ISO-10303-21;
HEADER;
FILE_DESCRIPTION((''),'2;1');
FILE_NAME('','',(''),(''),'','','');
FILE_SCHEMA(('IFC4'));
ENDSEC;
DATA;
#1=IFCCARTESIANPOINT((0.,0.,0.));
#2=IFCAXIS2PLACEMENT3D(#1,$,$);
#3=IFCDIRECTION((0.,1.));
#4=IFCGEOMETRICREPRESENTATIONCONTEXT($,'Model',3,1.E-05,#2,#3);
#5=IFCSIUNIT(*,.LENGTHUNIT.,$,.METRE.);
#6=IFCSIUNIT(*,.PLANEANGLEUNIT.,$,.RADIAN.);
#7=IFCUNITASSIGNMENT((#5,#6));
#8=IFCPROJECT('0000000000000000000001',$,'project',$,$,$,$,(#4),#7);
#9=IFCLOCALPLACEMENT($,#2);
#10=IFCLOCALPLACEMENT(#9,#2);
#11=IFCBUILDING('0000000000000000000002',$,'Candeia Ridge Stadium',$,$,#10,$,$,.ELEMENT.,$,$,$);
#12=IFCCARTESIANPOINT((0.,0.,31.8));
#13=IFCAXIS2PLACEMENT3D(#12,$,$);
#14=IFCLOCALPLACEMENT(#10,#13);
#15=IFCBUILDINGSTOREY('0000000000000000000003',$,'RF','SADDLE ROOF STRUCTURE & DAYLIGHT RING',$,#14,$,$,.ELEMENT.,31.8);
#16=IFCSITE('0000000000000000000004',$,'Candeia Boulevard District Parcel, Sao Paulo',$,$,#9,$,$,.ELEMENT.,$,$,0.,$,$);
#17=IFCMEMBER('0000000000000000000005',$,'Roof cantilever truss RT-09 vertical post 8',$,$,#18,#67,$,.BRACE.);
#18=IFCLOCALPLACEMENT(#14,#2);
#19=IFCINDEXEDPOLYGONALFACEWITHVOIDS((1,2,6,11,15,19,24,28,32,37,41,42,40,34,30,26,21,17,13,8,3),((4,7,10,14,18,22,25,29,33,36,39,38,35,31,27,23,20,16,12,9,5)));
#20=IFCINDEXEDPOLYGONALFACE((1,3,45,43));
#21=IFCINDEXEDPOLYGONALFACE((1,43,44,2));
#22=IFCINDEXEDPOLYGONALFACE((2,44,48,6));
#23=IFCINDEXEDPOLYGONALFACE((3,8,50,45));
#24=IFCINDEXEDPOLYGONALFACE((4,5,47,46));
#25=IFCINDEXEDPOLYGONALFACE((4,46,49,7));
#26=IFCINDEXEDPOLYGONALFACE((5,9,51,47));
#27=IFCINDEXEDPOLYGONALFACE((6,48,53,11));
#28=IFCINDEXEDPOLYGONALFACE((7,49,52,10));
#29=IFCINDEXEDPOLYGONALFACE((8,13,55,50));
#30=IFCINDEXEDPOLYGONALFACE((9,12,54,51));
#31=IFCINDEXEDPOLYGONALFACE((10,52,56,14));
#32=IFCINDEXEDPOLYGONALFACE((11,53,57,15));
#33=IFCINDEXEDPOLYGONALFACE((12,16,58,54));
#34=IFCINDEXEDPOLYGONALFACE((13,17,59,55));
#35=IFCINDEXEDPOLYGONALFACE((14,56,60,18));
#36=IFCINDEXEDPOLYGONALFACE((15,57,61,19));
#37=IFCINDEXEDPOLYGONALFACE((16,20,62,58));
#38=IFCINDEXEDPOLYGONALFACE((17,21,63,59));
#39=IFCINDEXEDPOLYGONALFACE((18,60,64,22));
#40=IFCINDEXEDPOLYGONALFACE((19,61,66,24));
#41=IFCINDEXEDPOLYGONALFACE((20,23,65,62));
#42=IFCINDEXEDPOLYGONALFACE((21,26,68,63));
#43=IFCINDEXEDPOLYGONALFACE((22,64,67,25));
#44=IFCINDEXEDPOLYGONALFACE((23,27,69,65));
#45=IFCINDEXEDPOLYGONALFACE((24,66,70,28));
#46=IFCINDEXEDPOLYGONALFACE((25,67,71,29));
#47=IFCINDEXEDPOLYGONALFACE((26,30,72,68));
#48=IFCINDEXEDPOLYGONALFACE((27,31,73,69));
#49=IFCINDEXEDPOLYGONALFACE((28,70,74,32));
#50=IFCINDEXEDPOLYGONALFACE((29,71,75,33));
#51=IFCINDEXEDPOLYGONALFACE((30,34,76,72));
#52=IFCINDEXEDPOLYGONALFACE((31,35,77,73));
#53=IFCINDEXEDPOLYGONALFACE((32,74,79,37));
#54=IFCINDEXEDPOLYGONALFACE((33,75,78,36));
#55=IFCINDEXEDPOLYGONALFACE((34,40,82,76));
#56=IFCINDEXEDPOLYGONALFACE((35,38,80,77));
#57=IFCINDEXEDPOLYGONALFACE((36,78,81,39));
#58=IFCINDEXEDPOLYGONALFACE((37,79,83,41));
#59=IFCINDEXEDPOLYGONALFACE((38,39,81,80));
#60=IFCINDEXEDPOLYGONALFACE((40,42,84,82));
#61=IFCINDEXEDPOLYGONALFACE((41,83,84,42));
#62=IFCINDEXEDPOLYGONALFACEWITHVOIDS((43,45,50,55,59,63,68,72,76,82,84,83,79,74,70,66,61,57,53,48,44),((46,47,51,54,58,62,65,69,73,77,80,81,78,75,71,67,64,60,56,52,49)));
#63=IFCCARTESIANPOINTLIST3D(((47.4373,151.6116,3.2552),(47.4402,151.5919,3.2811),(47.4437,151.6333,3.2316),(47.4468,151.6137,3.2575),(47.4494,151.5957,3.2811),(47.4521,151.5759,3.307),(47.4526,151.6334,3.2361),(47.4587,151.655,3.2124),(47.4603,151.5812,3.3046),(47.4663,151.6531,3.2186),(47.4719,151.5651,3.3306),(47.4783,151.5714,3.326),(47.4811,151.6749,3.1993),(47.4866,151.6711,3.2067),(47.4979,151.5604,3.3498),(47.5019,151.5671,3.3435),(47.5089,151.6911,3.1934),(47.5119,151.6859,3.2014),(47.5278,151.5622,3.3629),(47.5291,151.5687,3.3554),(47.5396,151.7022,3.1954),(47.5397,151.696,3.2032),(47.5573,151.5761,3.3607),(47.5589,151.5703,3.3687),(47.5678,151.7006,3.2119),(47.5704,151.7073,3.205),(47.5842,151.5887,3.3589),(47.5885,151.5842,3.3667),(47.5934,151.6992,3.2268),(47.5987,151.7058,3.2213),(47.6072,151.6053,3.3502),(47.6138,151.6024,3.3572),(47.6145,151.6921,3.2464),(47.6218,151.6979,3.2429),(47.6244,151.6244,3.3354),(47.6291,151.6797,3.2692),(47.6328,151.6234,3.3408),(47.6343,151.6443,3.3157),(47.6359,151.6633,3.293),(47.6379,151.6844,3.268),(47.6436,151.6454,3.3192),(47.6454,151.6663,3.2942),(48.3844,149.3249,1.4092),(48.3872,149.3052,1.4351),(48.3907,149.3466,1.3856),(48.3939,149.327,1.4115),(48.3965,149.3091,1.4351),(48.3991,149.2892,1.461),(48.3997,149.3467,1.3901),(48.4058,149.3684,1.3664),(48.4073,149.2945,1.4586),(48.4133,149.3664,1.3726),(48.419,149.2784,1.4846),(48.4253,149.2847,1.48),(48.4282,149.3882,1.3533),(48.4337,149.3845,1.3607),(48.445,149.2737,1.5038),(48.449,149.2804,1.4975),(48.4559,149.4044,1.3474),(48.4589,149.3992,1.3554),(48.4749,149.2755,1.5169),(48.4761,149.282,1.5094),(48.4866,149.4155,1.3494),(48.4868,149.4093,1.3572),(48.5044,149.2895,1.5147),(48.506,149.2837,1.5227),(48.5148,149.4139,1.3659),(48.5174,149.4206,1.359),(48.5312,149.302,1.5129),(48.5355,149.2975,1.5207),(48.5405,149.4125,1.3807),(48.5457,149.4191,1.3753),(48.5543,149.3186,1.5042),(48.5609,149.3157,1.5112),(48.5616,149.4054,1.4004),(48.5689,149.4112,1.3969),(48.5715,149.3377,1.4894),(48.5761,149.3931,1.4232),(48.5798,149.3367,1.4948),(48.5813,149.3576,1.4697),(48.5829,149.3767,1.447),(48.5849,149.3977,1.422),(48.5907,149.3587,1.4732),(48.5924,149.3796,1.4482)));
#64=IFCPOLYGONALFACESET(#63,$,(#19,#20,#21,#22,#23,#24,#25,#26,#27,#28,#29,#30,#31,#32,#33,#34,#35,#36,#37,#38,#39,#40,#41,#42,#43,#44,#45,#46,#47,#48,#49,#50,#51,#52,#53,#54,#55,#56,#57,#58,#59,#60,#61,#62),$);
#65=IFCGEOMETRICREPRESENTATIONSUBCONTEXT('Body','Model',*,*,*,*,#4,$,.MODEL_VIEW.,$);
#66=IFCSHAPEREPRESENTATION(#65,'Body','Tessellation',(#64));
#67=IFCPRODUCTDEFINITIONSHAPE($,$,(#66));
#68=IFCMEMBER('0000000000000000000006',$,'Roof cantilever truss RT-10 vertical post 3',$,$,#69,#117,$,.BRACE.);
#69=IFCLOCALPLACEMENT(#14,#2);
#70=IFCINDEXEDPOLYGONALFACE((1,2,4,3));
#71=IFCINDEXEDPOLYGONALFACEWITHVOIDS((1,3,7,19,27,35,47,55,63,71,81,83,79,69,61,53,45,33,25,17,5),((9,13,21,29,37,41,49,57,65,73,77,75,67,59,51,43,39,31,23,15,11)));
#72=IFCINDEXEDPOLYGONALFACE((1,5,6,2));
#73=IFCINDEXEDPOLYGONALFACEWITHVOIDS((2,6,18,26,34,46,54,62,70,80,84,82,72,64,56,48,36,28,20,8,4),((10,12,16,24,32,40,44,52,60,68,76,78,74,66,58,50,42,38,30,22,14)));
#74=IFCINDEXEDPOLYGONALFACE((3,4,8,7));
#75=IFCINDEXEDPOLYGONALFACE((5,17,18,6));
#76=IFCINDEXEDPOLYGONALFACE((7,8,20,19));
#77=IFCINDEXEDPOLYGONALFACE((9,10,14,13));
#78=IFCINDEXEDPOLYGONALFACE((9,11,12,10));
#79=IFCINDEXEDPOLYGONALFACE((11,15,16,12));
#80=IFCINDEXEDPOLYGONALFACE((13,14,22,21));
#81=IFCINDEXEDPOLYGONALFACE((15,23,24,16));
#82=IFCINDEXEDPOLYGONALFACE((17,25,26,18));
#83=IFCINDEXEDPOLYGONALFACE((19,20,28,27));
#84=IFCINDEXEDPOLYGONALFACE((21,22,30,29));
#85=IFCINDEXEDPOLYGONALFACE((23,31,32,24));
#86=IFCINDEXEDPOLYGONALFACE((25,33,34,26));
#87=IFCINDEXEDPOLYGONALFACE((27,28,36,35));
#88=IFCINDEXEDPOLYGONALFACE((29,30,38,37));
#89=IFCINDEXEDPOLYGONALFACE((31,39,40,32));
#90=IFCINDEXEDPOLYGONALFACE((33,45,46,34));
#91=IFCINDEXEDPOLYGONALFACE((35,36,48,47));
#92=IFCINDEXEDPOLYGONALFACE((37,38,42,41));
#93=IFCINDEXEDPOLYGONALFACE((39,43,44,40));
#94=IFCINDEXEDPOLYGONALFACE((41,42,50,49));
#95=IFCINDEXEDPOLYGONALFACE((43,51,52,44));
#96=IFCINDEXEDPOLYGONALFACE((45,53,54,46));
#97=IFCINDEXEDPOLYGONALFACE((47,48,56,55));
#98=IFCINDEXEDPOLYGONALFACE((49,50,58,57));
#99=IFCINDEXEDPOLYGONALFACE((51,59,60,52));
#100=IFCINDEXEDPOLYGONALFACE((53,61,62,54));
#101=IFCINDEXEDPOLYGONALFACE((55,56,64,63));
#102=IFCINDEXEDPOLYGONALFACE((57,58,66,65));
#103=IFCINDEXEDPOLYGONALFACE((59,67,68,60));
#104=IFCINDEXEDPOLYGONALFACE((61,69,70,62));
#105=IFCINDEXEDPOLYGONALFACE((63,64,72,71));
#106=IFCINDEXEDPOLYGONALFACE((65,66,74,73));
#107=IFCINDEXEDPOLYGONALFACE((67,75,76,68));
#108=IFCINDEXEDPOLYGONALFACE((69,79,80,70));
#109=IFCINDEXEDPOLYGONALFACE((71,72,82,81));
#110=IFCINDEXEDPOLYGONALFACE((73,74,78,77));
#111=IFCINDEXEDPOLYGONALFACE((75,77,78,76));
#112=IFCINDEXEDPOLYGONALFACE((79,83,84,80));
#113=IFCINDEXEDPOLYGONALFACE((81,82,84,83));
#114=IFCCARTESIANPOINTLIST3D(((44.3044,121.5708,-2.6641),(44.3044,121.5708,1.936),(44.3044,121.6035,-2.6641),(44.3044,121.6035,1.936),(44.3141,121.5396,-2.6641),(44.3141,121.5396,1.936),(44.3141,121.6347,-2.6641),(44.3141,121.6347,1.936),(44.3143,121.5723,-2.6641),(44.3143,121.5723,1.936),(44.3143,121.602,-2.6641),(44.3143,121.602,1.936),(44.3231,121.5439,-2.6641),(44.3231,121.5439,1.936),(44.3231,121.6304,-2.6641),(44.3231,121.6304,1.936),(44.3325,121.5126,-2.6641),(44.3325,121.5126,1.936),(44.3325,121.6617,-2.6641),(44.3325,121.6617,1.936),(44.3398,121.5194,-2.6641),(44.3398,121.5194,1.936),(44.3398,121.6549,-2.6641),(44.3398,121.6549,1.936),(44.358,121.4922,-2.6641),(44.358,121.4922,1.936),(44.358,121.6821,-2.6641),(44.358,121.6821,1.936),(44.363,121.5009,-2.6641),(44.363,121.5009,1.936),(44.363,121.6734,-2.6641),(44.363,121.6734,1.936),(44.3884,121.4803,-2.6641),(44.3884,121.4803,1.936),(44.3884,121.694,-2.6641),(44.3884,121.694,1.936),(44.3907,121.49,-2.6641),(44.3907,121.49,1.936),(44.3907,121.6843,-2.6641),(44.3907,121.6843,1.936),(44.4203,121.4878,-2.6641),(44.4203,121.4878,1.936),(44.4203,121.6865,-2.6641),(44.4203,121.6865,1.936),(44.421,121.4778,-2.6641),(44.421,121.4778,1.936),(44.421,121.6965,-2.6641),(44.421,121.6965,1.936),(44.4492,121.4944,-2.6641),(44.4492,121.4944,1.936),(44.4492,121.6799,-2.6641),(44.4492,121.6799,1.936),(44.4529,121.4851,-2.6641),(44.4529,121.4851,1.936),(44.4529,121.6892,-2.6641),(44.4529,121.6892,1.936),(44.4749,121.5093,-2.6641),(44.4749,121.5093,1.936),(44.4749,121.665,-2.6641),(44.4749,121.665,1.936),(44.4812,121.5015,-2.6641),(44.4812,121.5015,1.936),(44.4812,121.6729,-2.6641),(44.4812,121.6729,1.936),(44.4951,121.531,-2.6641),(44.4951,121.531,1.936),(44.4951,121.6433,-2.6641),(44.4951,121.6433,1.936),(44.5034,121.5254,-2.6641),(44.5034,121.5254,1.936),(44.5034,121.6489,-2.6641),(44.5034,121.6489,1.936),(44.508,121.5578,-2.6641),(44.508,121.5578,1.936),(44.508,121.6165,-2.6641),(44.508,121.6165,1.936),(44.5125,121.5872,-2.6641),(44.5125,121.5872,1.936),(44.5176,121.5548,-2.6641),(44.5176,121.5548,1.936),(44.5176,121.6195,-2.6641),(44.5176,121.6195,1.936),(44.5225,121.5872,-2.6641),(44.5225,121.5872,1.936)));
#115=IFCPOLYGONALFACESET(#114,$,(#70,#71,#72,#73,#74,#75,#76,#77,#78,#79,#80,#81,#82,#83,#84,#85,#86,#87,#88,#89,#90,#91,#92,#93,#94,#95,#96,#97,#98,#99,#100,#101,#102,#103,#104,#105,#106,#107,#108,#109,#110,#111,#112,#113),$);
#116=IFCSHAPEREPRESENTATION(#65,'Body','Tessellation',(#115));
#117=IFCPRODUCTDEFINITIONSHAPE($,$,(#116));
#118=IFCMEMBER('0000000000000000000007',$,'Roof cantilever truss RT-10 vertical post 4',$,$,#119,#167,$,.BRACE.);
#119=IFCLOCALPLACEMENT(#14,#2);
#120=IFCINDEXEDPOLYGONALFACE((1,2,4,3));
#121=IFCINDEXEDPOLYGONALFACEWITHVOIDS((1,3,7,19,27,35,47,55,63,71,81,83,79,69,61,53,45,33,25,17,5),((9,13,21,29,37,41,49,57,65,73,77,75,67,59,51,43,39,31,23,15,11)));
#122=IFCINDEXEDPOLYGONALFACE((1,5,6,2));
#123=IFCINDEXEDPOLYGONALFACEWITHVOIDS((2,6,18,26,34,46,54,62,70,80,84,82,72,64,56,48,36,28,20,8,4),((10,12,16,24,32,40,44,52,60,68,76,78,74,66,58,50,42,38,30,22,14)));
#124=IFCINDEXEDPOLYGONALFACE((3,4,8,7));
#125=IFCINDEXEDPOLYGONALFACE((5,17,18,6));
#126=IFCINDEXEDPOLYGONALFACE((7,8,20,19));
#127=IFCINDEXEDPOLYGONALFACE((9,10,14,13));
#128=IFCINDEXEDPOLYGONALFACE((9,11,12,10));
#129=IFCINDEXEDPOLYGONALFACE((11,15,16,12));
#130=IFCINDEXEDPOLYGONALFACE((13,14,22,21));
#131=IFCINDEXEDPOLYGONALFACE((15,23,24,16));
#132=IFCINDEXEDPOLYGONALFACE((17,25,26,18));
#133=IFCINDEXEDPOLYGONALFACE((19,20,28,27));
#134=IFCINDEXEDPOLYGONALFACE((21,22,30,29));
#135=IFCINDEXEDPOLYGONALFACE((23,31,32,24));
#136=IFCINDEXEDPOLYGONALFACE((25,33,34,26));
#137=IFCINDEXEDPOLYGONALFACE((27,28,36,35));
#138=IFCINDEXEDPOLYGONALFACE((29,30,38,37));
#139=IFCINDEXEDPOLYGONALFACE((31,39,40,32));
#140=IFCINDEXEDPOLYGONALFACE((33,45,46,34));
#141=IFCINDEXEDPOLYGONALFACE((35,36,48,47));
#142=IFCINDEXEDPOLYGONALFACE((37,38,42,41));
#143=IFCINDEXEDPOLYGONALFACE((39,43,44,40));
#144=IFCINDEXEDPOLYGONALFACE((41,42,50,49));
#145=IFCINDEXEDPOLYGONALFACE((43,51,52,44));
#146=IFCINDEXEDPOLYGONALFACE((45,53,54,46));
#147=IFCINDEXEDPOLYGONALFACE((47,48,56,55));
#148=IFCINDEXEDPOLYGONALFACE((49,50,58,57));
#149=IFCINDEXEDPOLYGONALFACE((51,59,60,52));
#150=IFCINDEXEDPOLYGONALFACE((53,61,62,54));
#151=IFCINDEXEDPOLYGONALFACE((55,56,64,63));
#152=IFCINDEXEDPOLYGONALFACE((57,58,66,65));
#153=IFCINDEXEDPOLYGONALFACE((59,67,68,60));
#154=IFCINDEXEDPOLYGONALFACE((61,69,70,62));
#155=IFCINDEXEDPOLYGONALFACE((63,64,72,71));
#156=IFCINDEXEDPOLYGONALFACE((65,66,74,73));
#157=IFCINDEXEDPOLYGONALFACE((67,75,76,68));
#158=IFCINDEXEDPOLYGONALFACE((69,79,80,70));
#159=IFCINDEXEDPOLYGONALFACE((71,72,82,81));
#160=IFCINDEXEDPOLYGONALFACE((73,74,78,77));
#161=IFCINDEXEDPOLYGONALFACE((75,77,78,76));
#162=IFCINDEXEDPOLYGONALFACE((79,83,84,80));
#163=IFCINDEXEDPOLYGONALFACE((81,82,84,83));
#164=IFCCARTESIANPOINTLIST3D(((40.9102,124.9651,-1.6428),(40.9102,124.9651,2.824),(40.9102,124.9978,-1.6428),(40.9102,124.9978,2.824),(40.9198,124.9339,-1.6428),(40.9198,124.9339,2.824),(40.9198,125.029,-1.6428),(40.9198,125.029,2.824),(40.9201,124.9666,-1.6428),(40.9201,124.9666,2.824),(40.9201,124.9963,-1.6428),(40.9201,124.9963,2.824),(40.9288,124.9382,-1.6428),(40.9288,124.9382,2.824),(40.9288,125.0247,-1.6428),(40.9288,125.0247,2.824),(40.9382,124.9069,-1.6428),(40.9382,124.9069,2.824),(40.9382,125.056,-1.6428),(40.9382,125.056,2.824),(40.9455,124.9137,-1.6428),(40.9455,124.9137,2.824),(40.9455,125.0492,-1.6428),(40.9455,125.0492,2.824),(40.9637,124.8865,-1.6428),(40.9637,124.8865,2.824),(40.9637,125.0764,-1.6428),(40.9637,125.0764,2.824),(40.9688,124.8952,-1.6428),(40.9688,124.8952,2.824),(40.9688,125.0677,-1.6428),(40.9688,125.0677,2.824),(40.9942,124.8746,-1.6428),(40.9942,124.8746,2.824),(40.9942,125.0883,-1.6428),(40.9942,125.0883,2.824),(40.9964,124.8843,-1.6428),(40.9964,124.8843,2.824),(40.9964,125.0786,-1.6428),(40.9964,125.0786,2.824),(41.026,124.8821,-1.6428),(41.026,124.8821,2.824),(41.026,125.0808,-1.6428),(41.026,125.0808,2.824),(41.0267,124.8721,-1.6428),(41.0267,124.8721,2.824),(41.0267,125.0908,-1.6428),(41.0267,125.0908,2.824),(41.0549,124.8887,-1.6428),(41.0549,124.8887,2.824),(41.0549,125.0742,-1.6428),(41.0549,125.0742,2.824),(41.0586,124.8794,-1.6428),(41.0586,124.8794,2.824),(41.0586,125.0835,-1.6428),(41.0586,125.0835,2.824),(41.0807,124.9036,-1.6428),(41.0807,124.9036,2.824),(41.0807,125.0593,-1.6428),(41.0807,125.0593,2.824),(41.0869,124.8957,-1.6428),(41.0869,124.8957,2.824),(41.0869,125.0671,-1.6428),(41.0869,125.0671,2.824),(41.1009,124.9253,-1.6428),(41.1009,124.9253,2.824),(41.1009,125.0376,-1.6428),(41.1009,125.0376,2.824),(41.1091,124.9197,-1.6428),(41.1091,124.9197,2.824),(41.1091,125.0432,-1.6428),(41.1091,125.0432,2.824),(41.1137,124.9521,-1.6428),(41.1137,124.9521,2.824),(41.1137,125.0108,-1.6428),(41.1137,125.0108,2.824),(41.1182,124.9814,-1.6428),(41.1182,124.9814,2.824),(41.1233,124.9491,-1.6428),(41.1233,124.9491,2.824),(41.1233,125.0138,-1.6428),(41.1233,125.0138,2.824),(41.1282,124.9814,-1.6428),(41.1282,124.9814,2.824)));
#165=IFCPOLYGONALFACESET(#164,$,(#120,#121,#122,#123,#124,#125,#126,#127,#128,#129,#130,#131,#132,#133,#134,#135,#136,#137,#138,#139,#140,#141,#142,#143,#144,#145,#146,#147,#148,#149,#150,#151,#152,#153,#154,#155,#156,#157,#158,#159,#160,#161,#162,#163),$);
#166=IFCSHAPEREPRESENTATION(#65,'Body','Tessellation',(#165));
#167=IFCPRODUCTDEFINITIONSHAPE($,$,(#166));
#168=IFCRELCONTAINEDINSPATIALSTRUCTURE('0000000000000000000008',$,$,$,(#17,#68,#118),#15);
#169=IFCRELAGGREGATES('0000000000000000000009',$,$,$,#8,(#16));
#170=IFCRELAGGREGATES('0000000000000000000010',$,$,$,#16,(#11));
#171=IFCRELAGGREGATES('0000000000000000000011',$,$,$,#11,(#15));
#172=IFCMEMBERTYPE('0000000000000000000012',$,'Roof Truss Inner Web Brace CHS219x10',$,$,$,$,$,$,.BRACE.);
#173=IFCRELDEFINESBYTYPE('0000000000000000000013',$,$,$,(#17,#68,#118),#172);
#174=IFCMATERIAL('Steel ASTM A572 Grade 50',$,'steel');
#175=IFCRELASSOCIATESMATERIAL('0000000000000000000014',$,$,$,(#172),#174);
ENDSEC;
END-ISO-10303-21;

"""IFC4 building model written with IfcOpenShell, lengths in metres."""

from ifc_helpers import new_model, si_unit, direction, frame, origin, origin_2d, place, context, subcontext, project, spatial, hollow_circle, extrude, material, material_profile, profile_set, type_object, element, save


model = new_model("IFC4")

# Units and contexts
model_context = context("Model", 3, precision=1e-05, world=origin(), true_north=direction((0.0, 1.0)))
body_context = subcontext(model_context, "Body", "Model", "MODEL_VIEW")
ifc_project = project(units=[si_unit("LENGTHUNIT", "METRE"), si_unit("PLANEANGLEUNIT", "RADIAN")], contexts=[model_context])

# Site, building, storey
site_placement = place(None, origin())
site = spatial("IfcSite", under=ifc_project, at=site_placement, Name="Candeia Boulevard District Parcel, Sao Paulo", CompositionType="ELEMENT", RefElevation=0.0)
building_placement = place(site_placement, origin())
building = spatial("IfcBuilding", under=site, at=building_placement, Name="Candeia Ridge Stadium", CompositionType="ELEMENT")
storey_placement = place(building_placement, frame((0.0, 0.0, 31.8)))
storey = spatial("IfcBuildingStorey", under=building, at=storey_placement, Name="RF", Description="SADDLE ROOF STRUCTURE & DAYLIGHT RING", CompositionType="ELEMENT", Elevation=31.8)

# Shared definitions
ifc_material_1 = material(Name="Steel ASTM A572 Grade 50", Category="steel")

# Members
ifc_material_profile_1 = material_profile(ifc_material_1, hollow_circle(Radius=0.1096, WallThickness=0.01, at=origin_2d()), Name="CHS219x10", Category="steel")
ifc_profile_set_1 = profile_set([ifc_material_profile_1], Name="Steel ASTM A572 Grade 50")
member_type_1 = type_object("IfcMemberType", Name="Roof Truss Inner Web Brace CHS219x10", PredefinedType="BRACE", material=ifc_profile_set_1)
member_1_placement = place(storey_placement, frame((48.4885, 149.3472, 1.4351), z_axis=(-0.306722, 0.740592, 0.597867), x_axis=(-0.923898, -0.382639, 0.0)))
element("IfcMember", 1, at=member_1_placement, inside=storey, type_object=member_type_1, Name="Roof cantilever truss RT-09 vertical post 8", PredefinedType="BRACE", context=body_context, shape_type="SweptSolid", body=[
    extrude(hollow_circle(Radius=0.1096, WallThickness=0.01, at=origin_2d()), origin(), (0.0, 0.0, 1.0), 3.0876),
])
member_2_placement = place(storey_placement, frame((44.4128, 121.5872, -2.6641), z_axis=(0.0, 0.0, 1.0), x_axis=(1.0, 0.0, 0.0)))
element("IfcMember", 2, at=member_2_placement, inside=storey, type_object=member_type_1, Name="Roof cantilever truss RT-10 vertical post 3", PredefinedType="BRACE", context=body_context, shape_type="SweptSolid", body=[
    extrude(hollow_circle(Radius=0.1096, WallThickness=0.01, at=origin_2d()), origin(), (0.0, 0.0, 1.0), 4.6001),
])
member_3_placement = place(storey_placement, frame((41.0186, 124.9814, -1.6428), z_axis=(0.0, 0.0, 1.0), x_axis=(1.0, 0.0, 0.0)))
element("IfcMember", 3, at=member_3_placement, inside=storey, type_object=member_type_1, Name="Roof cantilever truss RT-10 vertical post 4", PredefinedType="BRACE", context=body_context, shape_type="SweptSolid", body=[
    extrude(hollow_circle(Radius=0.1096, WallThickness=0.01, at=origin_2d()), origin(), (0.0, 0.0, 1.0), 4.4668),
])

save(model, "model.ifc")
